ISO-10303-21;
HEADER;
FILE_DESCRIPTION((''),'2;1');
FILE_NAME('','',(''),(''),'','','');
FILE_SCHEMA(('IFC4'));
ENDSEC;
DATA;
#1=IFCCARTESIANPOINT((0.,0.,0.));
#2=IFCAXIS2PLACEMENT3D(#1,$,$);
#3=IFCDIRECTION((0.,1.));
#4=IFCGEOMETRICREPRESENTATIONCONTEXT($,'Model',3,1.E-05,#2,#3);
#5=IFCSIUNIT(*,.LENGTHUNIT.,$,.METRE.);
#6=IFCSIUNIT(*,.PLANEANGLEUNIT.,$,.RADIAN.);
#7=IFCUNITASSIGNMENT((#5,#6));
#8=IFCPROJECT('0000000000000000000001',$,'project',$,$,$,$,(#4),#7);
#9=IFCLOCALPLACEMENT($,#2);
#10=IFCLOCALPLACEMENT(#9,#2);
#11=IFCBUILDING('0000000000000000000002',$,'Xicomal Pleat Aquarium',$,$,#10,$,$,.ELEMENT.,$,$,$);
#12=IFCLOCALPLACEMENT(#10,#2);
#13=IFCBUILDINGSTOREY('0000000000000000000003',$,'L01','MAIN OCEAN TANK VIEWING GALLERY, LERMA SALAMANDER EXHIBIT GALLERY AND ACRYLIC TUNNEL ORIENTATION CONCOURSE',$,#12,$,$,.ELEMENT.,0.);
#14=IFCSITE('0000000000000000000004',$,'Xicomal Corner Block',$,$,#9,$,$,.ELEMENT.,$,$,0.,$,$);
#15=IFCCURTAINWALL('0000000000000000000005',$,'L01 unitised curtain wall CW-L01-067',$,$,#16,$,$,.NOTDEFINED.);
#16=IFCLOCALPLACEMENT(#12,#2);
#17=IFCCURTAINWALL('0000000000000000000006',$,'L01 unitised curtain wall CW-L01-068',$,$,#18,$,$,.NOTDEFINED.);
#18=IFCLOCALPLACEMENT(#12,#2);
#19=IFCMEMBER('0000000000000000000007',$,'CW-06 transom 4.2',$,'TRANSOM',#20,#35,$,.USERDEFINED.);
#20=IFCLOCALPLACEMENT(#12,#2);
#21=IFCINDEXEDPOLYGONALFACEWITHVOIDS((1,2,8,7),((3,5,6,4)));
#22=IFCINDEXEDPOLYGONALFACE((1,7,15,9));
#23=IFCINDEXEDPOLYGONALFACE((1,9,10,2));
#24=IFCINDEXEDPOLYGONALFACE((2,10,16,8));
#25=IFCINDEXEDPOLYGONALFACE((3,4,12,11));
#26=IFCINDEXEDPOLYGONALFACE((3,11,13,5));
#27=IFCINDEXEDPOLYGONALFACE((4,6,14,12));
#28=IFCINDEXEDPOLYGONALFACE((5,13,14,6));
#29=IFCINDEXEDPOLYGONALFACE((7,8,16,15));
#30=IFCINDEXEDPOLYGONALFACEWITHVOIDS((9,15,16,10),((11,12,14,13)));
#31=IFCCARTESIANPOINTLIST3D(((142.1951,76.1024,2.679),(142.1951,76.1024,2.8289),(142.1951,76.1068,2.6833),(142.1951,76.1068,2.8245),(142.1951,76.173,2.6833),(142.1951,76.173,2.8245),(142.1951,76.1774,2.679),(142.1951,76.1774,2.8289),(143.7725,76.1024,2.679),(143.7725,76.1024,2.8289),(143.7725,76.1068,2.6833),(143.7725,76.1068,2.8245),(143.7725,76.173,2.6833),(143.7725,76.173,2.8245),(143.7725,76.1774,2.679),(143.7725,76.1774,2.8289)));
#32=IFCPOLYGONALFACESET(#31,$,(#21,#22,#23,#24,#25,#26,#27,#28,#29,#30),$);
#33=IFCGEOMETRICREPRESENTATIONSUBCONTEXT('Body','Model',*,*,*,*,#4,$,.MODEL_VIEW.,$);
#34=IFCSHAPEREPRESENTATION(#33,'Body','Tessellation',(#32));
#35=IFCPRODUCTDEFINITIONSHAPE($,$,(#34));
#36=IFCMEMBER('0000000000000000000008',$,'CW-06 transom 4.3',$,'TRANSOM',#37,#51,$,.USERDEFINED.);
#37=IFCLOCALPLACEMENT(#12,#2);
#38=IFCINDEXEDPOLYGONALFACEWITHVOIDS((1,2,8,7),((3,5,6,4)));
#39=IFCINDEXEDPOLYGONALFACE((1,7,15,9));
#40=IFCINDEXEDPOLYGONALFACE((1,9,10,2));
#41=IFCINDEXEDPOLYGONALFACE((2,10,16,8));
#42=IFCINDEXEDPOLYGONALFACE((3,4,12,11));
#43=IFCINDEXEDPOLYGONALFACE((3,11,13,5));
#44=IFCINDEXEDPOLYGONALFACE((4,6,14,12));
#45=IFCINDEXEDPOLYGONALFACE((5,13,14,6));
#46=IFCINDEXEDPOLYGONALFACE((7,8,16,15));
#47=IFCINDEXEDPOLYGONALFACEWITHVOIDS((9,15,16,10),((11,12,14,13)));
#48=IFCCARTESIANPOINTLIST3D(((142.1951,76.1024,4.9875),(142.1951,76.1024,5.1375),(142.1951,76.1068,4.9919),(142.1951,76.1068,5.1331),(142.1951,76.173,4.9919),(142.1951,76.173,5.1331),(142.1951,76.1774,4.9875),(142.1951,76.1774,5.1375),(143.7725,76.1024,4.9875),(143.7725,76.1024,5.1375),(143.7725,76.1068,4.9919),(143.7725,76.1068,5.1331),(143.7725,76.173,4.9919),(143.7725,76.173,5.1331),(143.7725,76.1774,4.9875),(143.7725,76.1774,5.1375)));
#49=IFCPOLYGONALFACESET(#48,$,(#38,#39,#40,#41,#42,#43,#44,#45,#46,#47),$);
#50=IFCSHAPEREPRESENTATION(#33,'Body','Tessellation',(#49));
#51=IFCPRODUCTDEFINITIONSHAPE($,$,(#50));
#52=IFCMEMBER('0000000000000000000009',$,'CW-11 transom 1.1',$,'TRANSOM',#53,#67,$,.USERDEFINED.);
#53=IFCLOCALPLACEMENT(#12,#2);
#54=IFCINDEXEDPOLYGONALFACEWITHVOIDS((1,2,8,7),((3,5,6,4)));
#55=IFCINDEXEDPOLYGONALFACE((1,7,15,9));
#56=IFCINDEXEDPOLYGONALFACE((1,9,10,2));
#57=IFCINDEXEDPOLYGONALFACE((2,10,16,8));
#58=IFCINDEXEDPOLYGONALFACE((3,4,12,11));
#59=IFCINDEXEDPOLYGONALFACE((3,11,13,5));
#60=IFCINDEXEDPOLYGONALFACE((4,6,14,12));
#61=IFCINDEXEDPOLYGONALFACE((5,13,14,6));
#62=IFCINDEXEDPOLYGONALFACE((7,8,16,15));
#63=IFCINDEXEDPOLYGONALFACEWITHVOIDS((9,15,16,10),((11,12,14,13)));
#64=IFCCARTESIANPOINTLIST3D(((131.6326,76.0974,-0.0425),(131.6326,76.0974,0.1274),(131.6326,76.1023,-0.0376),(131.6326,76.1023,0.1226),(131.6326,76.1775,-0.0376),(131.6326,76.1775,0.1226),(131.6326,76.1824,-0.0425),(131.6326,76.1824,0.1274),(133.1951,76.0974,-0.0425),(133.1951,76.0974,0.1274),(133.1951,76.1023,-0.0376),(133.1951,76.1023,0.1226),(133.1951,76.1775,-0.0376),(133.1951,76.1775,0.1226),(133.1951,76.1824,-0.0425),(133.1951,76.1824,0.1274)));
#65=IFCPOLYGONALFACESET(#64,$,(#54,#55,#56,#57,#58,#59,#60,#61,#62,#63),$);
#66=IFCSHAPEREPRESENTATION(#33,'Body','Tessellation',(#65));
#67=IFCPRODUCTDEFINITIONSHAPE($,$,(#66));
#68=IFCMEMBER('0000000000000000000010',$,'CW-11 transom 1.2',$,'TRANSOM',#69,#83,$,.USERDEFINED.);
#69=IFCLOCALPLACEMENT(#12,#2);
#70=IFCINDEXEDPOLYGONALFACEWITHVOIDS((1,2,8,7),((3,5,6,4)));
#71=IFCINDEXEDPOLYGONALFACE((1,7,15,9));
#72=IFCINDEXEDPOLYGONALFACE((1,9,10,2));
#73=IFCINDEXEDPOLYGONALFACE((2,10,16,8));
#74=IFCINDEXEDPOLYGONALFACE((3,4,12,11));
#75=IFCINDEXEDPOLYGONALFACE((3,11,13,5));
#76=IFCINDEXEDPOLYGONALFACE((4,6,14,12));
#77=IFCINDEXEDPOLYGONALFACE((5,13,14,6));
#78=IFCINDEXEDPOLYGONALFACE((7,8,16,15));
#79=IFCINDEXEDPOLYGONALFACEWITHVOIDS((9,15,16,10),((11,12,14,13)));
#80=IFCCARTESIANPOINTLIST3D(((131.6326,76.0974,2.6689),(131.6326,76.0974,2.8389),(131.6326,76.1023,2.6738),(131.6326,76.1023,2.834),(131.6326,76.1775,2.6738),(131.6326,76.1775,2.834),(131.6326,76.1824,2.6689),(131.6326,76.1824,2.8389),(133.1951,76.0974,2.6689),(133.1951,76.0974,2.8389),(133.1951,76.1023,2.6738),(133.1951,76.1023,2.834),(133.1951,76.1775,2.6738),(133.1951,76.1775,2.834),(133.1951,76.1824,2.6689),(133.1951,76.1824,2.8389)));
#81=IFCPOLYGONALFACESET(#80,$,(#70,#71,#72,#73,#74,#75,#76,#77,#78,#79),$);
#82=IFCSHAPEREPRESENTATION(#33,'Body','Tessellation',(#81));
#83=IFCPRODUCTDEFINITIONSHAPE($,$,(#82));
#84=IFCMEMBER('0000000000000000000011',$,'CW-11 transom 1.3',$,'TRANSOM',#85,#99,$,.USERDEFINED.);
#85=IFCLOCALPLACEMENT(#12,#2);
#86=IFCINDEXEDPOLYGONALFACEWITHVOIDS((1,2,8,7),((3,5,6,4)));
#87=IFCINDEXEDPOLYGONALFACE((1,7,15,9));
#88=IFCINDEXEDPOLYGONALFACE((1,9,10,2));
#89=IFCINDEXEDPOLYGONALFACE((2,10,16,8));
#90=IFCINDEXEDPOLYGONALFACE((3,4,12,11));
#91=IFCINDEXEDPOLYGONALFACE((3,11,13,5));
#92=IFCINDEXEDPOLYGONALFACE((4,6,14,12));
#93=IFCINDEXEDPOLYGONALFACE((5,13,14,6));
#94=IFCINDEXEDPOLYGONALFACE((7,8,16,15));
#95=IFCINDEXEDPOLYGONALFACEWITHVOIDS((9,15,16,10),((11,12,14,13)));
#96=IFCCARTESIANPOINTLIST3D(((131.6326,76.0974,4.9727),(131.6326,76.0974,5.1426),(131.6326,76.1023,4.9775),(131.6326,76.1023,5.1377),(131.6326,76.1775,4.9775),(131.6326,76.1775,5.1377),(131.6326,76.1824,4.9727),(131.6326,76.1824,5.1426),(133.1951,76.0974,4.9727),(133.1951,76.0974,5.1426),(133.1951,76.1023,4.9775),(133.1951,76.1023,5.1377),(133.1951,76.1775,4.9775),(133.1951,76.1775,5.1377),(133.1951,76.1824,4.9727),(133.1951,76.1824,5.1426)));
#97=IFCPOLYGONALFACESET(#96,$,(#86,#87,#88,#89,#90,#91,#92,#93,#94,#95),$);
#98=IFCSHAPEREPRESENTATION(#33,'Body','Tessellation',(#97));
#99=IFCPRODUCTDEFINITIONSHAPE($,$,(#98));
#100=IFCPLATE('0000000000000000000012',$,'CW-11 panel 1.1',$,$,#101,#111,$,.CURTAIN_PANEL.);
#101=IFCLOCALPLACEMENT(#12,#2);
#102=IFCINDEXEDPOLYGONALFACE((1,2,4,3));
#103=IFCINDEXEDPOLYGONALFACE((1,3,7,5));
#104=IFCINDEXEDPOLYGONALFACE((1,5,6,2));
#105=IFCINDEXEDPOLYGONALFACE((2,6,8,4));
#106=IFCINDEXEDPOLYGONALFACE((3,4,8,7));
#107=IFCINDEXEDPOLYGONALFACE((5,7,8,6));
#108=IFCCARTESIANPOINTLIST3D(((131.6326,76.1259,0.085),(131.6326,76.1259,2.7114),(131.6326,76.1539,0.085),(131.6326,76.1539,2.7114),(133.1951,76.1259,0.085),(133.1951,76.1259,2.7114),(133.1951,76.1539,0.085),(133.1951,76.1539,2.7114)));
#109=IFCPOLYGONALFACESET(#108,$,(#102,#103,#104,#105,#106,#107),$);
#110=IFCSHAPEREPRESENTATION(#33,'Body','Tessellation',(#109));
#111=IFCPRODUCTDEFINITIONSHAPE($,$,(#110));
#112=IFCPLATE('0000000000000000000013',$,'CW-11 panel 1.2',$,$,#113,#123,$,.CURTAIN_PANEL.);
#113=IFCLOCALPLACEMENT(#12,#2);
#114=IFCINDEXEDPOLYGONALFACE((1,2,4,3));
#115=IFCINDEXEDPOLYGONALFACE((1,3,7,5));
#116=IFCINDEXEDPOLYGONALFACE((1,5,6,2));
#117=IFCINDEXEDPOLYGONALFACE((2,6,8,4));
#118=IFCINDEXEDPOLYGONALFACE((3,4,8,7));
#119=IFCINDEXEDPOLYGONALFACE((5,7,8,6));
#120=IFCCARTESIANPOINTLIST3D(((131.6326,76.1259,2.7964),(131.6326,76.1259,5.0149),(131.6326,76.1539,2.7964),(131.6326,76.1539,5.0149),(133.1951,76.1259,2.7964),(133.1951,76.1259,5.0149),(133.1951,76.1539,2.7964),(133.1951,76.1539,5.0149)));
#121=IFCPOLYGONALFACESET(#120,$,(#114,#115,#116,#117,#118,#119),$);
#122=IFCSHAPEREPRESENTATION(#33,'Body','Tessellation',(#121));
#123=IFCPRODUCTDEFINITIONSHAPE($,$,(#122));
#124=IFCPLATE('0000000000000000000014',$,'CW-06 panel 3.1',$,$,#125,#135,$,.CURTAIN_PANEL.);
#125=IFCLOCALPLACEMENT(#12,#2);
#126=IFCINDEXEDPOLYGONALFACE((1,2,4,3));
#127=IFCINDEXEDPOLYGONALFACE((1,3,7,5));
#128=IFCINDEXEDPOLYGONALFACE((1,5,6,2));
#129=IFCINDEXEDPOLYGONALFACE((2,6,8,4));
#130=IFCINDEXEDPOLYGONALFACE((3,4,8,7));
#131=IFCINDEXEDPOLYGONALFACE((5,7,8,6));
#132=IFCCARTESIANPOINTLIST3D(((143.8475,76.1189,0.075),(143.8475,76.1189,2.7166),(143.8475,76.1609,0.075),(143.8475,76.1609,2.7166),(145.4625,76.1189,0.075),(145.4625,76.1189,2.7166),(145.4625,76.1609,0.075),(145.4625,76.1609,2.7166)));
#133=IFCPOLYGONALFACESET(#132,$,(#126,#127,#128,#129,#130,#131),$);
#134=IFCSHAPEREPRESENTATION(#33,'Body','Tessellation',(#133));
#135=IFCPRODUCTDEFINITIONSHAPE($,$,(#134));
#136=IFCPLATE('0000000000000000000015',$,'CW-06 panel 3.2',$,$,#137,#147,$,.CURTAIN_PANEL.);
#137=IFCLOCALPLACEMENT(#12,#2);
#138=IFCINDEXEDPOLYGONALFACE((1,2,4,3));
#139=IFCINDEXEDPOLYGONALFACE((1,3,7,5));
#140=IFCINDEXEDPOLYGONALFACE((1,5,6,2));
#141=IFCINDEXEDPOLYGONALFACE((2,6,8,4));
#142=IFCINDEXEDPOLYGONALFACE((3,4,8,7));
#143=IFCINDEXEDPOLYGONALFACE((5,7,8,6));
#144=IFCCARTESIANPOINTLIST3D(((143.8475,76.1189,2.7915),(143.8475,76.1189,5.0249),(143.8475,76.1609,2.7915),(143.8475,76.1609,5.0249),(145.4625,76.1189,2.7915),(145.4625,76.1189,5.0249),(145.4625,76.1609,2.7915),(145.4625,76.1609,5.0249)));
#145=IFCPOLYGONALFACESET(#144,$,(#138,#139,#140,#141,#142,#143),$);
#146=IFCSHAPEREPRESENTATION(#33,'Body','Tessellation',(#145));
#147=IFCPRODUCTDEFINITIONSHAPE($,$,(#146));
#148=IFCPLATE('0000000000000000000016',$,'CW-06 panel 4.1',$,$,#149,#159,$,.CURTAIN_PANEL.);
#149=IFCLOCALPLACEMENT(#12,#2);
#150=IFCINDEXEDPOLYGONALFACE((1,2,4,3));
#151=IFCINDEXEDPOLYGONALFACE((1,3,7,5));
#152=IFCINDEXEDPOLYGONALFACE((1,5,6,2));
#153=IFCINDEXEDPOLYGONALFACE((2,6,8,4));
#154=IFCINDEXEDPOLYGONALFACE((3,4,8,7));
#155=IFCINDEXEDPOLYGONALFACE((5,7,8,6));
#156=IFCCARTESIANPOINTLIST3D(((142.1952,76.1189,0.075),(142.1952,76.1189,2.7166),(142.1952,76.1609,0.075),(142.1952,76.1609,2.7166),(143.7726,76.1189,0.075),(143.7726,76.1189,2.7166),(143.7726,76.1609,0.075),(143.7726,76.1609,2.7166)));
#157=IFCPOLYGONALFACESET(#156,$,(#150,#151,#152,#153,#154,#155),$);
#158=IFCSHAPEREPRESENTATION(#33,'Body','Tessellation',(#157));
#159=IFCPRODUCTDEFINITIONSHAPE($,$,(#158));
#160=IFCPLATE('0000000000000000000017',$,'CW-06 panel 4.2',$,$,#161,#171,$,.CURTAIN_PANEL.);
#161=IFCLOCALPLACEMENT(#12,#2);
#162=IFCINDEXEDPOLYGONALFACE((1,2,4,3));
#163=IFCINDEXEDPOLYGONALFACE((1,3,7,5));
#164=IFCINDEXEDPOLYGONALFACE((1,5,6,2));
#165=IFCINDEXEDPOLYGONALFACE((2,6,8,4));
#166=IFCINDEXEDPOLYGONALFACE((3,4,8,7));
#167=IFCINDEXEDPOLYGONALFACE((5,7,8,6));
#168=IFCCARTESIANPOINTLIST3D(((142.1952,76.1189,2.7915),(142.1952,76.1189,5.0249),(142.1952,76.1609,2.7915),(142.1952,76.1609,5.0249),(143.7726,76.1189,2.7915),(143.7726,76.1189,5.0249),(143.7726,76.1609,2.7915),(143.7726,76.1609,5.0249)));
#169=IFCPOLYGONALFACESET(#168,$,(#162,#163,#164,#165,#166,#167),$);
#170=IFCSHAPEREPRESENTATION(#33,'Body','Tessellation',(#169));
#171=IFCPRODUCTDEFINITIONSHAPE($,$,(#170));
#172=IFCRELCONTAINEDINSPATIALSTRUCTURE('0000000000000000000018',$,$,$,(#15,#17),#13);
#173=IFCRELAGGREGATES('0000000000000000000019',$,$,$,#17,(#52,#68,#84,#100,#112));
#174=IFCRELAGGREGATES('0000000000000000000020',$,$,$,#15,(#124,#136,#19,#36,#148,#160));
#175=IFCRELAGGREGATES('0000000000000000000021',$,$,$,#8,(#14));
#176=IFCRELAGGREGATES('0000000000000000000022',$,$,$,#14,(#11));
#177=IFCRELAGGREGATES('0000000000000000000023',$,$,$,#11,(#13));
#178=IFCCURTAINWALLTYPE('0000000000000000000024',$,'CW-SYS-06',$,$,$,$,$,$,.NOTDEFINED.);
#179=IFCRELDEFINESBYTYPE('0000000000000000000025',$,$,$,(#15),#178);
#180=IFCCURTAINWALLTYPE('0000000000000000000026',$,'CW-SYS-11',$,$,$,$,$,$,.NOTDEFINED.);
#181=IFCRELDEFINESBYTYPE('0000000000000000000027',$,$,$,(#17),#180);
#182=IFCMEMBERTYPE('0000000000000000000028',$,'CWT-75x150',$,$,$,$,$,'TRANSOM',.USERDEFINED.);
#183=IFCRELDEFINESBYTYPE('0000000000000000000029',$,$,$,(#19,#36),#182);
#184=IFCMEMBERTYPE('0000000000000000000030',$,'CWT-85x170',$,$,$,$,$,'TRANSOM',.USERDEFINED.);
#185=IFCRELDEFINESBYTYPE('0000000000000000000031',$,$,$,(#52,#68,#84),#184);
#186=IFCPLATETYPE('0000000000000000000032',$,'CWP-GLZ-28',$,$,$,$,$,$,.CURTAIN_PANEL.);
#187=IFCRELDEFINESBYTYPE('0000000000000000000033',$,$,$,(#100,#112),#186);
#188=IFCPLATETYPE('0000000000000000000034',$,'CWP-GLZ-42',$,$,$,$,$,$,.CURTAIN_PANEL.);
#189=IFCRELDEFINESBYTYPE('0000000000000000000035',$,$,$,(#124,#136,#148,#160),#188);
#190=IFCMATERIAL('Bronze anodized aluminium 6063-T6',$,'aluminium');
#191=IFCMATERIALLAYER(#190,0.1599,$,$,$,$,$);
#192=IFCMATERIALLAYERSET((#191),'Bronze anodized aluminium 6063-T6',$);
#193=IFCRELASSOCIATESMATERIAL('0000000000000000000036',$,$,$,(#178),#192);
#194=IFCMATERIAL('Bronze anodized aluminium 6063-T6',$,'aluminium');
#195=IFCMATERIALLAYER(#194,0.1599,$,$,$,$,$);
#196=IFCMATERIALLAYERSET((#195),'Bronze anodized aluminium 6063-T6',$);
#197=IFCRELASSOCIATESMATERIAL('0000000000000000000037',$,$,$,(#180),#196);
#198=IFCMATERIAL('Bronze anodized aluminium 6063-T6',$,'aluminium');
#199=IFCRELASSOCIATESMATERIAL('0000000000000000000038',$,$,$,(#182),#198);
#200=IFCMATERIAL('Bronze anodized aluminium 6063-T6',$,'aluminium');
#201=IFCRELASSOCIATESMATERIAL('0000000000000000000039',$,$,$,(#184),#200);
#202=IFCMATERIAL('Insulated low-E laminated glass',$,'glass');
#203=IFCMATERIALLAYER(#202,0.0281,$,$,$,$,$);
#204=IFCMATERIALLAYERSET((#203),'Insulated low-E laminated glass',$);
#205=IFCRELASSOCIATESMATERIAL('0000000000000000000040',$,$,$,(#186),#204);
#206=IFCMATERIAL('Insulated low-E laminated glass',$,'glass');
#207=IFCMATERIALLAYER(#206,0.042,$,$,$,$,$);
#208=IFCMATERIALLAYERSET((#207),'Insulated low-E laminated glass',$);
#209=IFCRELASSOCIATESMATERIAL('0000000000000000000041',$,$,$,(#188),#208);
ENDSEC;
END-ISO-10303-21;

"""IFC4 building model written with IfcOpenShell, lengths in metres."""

from ifc_helpers import new_model, si_unit, direction, frame, origin, origin_2d, place, context, subcontext, project, spatial, rectangle, hollow_rectangle, extrude, material, layer, layer_set, material_profile, profile_set, type_object, element, aggregate, save


model = new_model("IFC4")

# Units and contexts
model_context = context("Model", 3, precision=1e-05, world=origin(), true_north=direction((0.0, 1.0)))
body_context = subcontext(model_context, "Body", "Model", "MODEL_VIEW")
ifc_project = project(units=[si_unit("LENGTHUNIT", "METRE"), si_unit("PLANEANGLEUNIT", "RADIAN")], contexts=[model_context])

# Site, building, storey
site_placement = place(None, origin())
site = spatial("IfcSite", under=ifc_project, at=site_placement, Name="Xicomal Corner Block", CompositionType="ELEMENT", RefElevation=0.0)
building_placement = place(site_placement, origin())
building = spatial("IfcBuilding", under=site, at=building_placement, Name="Xicomal Pleat Aquarium", CompositionType="ELEMENT")
storey_placement = place(building_placement, origin())
storey = spatial("IfcBuildingStorey", under=building, at=storey_placement, Name="L01", Description="MAIN OCEAN TANK VIEWING GALLERY, LERMA SALAMANDER EXHIBIT GALLERY AND ACRYLIC TUNNEL ORIENTATION CONCOURSE", CompositionType="ELEMENT", Elevation=0.0)

# Curtain walls
ifc_material_1 = material(Name="Bronze anodized aluminium 6063-T6", Category="aluminium")
ifc_layer_1 = layer(ifc_material_1, 0.1599)
ifc_layer_set_1 = layer_set([ifc_layer_1], Name="Bronze anodized aluminium 6063-T6")
curtain_wall_type_1 = type_object("IfcCurtainWallType", Name="CW-SYS-06", PredefinedType="NOTDEFINED", material=ifc_layer_set_1)
curtain_wall_1_placement = place(storey_placement, origin())
curtain_wall_1 = element("IfcCurtainWall", 1, at=curtain_wall_1_placement, inside=storey, type_object=curtain_wall_type_1, Name="L01 unitised curtain wall CW-L01-067", PredefinedType="NOTDEFINED")
ifc_material_2 = material(Name="Bronze anodized aluminium 6063-T6", Category="aluminium")
ifc_layer_2 = layer(ifc_material_2, 0.1599)
ifc_layer_set_2 = layer_set([ifc_layer_2], Name="Bronze anodized aluminium 6063-T6")
curtain_wall_type_2 = type_object("IfcCurtainWallType", Name="CW-SYS-11", PredefinedType="NOTDEFINED", material=ifc_layer_set_2)
curtain_wall_2_placement = place(storey_placement, origin())
curtain_wall_2 = element("IfcCurtainWall", 2, at=curtain_wall_2_placement, inside=storey, type_object=curtain_wall_type_2, Name="L01 unitised curtain wall CW-L01-068", PredefinedType="NOTDEFINED")

# Members
ifc_material_3 = material(Name="Bronze anodized aluminium 6063-T6", Category="aluminium")
ifc_material_profile_1 = material_profile(ifc_material_3, hollow_rectangle(XDim=0.075, YDim=0.1499, WallThickness=0.0044, at=origin_2d()), Name="ALU TRAN 75x150")
ifc_profile_set_1 = profile_set([ifc_material_profile_1], Name="Bronze anodized aluminium 6063-T6")
member_type_1 = type_object("IfcMemberType", Name="CWT-75x150", ElementType="TRANSOM", PredefinedType="USERDEFINED", material=ifc_profile_set_1)
member_1_placement = place(storey_placement, frame((143.7725, 76.1399, 2.7539), z_axis=(-1.0, 0.0, 0.0), x_axis=(0.0, -1.0, 0.0)))
member_1 = element("IfcMember", 3, at=member_1_placement, type_object=member_type_1, Name="CW-06 transom 4.2", ObjectType="TRANSOM", PredefinedType="USERDEFINED", context=body_context, shape_type="SweptSolid", body=[
    extrude(hollow_rectangle(XDim=0.075, YDim=0.1499, WallThickness=0.0044, at=origin_2d()), origin(), (0.0, 0.0, 1.0), 1.5774),
])
member_2_placement = place(storey_placement, frame((143.7725, 76.1399, 5.0625), z_axis=(-1.0, 0.0, 0.0), x_axis=(0.0, -1.0, 0.0)))
member_2 = element("IfcMember", 4, at=member_2_placement, type_object=member_type_1, Name="CW-06 transom 4.3", ObjectType="TRANSOM", PredefinedType="USERDEFINED", context=body_context, shape_type="SweptSolid", body=[
    extrude(hollow_rectangle(XDim=0.075, YDim=0.1499, WallThickness=0.0044, at=origin_2d()), origin(), (0.0, 0.0, 1.0), 1.5774),
])
ifc_material_4 = material(Name="Bronze anodized aluminium 6063-T6", Category="aluminium")
ifc_material_profile_2 = material_profile(ifc_material_4, hollow_rectangle(XDim=0.085, YDim=0.1699, WallThickness=0.0049, at=origin_2d()), Name="ALU TRAN 85x170")
ifc_profile_set_2 = profile_set([ifc_material_profile_2], Name="Bronze anodized aluminium 6063-T6")
member_type_2 = type_object("IfcMemberType", Name="CWT-85x170", ElementType="TRANSOM", PredefinedType="USERDEFINED", material=ifc_profile_set_2)
member_3_placement = place(storey_placement, frame((133.1951, 76.1399, 0.0425), z_axis=(-1.0, 0.0, 0.0), x_axis=(0.0, -1.0, 0.0)))
member_3 = element("IfcMember", 5, at=member_3_placement, type_object=member_type_2, Name="CW-11 transom 1.1", ObjectType="TRANSOM", PredefinedType="USERDEFINED", context=body_context, shape_type="SweptSolid", body=[
    extrude(hollow_rectangle(XDim=0.085, YDim=0.1699, WallThickness=0.0049, at=origin_2d()), origin(), (0.0, 0.0, 1.0), 1.5625),
])
member_4_placement = place(storey_placement, frame((133.1951, 76.1399, 2.7539), z_axis=(-1.0, 0.0, 0.0), x_axis=(0.0, -1.0, 0.0)))
member_4 = element("IfcMember", 6, at=member_4_placement, type_object=member_type_2, Name="CW-11 transom 1.2", ObjectType="TRANSOM", PredefinedType="USERDEFINED", context=body_context, shape_type="SweptSolid", body=[
    extrude(hollow_rectangle(XDim=0.085, YDim=0.1699, WallThickness=0.0049, at=origin_2d()), origin(), (0.0, 0.0, 1.0), 1.5625),
])
member_5_placement = place(storey_placement, frame((133.1951, 76.1399, 5.0576), z_axis=(-1.0, 0.0, 0.0), x_axis=(0.0, -1.0, 0.0)))
member_5 = element("IfcMember", 7, at=member_5_placement, type_object=member_type_2, Name="CW-11 transom 1.3", ObjectType="TRANSOM", PredefinedType="USERDEFINED", context=body_context, shape_type="SweptSolid", body=[
    extrude(hollow_rectangle(XDim=0.085, YDim=0.1699, WallThickness=0.0049, at=origin_2d()), origin(), (0.0, 0.0, 1.0), 1.5625),
])

# Plates
ifc_material_5 = material(Name="Insulated low-E laminated glass", Category="glass")
ifc_layer_3 = layer(ifc_material_5, 0.0281)
ifc_layer_set_3 = layer_set([ifc_layer_3], Name="Insulated low-E laminated glass")
plate_type_1 = type_object("IfcPlateType", Name="CWP-GLZ-28", PredefinedType="CURTAIN_PANEL", material=ifc_layer_set_3)
plate_1_placement = place(storey_placement, frame((132.4138, 76.1399, 0.085), z_axis=(0.0, 0.0, 1.0), x_axis=(-1.0, 0.0, 0.0)))
plate_1 = element("IfcPlate", 8, at=plate_1_placement, type_object=plate_type_1, Name="CW-11 panel 1.1", PredefinedType="CURTAIN_PANEL", context=body_context, shape_type="SweptSolid", body=[
    extrude(rectangle(XDim=1.5625, YDim=0.0281, at=origin_2d()), origin(), (0.0, 0.0, 1.0), 2.6265),
])
plate_2_placement = place(storey_placement, frame((132.4138, 76.1399, 2.7964), z_axis=(0.0, 0.0, 1.0), x_axis=(-1.0, 0.0, 0.0)))
plate_2 = element("IfcPlate", 9, at=plate_2_placement, type_object=plate_type_1, Name="CW-11 panel 1.2", PredefinedType="CURTAIN_PANEL", context=body_context, shape_type="SweptSolid", body=[
    extrude(rectangle(XDim=1.5625, YDim=0.0281, at=origin_2d()), origin(), (0.0, 0.0, 1.0), 2.2185),
])
aggregate(curtain_wall_2, [member_3, member_4, member_5, plate_1, plate_2])
ifc_material_6 = material(Name="Insulated low-E laminated glass", Category="glass")
ifc_layer_4 = layer(ifc_material_6, 0.042)
ifc_layer_set_4 = layer_set([ifc_layer_4], Name="Insulated low-E laminated glass")
plate_type_2 = type_object("IfcPlateType", Name="CWP-GLZ-42", PredefinedType="CURTAIN_PANEL", material=ifc_layer_set_4)
plate_3_placement = place(storey_placement, frame((144.655, 76.1399, 0.075), z_axis=(0.0, 0.0, 1.0), x_axis=(-1.0, 0.0, 0.0)))
plate_3 = element("IfcPlate", 10, at=plate_3_placement, type_object=plate_type_2, Name="CW-06 panel 3.1", PredefinedType="CURTAIN_PANEL", context=body_context, shape_type="SweptSolid", body=[
    extrude(rectangle(XDim=1.615, YDim=0.042, at=origin_2d()), origin(), (0.0, 0.0, 1.0), 2.6416),
])
plate_4_placement = place(storey_placement, frame((144.655, 76.1399, 2.7915), z_axis=(0.0, 0.0, 1.0), x_axis=(-1.0, 0.0, 0.0)))
plate_4 = element("IfcPlate", 11, at=plate_4_placement, type_object=plate_type_2, Name="CW-06 panel 3.2", PredefinedType="CURTAIN_PANEL", context=body_context, shape_type="SweptSolid", body=[
    extrude(rectangle(XDim=1.615, YDim=0.042, at=origin_2d()), origin(), (0.0, 0.0, 1.0), 2.2334),
])
plate_5_placement = place(storey_placement, frame((142.9839, 76.1399, 0.075), z_axis=(0.0, 0.0, 1.0), x_axis=(-1.0, 0.0, 0.0)))
plate_5 = element("IfcPlate", 12, at=plate_5_placement, type_object=plate_type_2, Name="CW-06 panel 4.1", PredefinedType="CURTAIN_PANEL", context=body_context, shape_type="SweptSolid", body=[
    extrude(rectangle(XDim=1.5774, YDim=0.042, at=origin_2d()), origin(), (0.0, 0.0, 1.0), 2.6416),
])
plate_6_placement = place(storey_placement, frame((142.9839, 76.1399, 2.7915), z_axis=(0.0, 0.0, 1.0), x_axis=(-1.0, 0.0, 0.0)))
plate_6 = element("IfcPlate", 13, at=plate_6_placement, type_object=plate_type_2, Name="CW-06 panel 4.2", PredefinedType="CURTAIN_PANEL", context=body_context, shape_type="SweptSolid", body=[
    extrude(rectangle(XDim=1.5774, YDim=0.042, at=origin_2d()), origin(), (0.0, 0.0, 1.0), 2.2334),
])
aggregate(curtain_wall_1, [plate_3, plate_4, member_1, member_2, plate_5, plate_6])

save(model, "model.ifc")
